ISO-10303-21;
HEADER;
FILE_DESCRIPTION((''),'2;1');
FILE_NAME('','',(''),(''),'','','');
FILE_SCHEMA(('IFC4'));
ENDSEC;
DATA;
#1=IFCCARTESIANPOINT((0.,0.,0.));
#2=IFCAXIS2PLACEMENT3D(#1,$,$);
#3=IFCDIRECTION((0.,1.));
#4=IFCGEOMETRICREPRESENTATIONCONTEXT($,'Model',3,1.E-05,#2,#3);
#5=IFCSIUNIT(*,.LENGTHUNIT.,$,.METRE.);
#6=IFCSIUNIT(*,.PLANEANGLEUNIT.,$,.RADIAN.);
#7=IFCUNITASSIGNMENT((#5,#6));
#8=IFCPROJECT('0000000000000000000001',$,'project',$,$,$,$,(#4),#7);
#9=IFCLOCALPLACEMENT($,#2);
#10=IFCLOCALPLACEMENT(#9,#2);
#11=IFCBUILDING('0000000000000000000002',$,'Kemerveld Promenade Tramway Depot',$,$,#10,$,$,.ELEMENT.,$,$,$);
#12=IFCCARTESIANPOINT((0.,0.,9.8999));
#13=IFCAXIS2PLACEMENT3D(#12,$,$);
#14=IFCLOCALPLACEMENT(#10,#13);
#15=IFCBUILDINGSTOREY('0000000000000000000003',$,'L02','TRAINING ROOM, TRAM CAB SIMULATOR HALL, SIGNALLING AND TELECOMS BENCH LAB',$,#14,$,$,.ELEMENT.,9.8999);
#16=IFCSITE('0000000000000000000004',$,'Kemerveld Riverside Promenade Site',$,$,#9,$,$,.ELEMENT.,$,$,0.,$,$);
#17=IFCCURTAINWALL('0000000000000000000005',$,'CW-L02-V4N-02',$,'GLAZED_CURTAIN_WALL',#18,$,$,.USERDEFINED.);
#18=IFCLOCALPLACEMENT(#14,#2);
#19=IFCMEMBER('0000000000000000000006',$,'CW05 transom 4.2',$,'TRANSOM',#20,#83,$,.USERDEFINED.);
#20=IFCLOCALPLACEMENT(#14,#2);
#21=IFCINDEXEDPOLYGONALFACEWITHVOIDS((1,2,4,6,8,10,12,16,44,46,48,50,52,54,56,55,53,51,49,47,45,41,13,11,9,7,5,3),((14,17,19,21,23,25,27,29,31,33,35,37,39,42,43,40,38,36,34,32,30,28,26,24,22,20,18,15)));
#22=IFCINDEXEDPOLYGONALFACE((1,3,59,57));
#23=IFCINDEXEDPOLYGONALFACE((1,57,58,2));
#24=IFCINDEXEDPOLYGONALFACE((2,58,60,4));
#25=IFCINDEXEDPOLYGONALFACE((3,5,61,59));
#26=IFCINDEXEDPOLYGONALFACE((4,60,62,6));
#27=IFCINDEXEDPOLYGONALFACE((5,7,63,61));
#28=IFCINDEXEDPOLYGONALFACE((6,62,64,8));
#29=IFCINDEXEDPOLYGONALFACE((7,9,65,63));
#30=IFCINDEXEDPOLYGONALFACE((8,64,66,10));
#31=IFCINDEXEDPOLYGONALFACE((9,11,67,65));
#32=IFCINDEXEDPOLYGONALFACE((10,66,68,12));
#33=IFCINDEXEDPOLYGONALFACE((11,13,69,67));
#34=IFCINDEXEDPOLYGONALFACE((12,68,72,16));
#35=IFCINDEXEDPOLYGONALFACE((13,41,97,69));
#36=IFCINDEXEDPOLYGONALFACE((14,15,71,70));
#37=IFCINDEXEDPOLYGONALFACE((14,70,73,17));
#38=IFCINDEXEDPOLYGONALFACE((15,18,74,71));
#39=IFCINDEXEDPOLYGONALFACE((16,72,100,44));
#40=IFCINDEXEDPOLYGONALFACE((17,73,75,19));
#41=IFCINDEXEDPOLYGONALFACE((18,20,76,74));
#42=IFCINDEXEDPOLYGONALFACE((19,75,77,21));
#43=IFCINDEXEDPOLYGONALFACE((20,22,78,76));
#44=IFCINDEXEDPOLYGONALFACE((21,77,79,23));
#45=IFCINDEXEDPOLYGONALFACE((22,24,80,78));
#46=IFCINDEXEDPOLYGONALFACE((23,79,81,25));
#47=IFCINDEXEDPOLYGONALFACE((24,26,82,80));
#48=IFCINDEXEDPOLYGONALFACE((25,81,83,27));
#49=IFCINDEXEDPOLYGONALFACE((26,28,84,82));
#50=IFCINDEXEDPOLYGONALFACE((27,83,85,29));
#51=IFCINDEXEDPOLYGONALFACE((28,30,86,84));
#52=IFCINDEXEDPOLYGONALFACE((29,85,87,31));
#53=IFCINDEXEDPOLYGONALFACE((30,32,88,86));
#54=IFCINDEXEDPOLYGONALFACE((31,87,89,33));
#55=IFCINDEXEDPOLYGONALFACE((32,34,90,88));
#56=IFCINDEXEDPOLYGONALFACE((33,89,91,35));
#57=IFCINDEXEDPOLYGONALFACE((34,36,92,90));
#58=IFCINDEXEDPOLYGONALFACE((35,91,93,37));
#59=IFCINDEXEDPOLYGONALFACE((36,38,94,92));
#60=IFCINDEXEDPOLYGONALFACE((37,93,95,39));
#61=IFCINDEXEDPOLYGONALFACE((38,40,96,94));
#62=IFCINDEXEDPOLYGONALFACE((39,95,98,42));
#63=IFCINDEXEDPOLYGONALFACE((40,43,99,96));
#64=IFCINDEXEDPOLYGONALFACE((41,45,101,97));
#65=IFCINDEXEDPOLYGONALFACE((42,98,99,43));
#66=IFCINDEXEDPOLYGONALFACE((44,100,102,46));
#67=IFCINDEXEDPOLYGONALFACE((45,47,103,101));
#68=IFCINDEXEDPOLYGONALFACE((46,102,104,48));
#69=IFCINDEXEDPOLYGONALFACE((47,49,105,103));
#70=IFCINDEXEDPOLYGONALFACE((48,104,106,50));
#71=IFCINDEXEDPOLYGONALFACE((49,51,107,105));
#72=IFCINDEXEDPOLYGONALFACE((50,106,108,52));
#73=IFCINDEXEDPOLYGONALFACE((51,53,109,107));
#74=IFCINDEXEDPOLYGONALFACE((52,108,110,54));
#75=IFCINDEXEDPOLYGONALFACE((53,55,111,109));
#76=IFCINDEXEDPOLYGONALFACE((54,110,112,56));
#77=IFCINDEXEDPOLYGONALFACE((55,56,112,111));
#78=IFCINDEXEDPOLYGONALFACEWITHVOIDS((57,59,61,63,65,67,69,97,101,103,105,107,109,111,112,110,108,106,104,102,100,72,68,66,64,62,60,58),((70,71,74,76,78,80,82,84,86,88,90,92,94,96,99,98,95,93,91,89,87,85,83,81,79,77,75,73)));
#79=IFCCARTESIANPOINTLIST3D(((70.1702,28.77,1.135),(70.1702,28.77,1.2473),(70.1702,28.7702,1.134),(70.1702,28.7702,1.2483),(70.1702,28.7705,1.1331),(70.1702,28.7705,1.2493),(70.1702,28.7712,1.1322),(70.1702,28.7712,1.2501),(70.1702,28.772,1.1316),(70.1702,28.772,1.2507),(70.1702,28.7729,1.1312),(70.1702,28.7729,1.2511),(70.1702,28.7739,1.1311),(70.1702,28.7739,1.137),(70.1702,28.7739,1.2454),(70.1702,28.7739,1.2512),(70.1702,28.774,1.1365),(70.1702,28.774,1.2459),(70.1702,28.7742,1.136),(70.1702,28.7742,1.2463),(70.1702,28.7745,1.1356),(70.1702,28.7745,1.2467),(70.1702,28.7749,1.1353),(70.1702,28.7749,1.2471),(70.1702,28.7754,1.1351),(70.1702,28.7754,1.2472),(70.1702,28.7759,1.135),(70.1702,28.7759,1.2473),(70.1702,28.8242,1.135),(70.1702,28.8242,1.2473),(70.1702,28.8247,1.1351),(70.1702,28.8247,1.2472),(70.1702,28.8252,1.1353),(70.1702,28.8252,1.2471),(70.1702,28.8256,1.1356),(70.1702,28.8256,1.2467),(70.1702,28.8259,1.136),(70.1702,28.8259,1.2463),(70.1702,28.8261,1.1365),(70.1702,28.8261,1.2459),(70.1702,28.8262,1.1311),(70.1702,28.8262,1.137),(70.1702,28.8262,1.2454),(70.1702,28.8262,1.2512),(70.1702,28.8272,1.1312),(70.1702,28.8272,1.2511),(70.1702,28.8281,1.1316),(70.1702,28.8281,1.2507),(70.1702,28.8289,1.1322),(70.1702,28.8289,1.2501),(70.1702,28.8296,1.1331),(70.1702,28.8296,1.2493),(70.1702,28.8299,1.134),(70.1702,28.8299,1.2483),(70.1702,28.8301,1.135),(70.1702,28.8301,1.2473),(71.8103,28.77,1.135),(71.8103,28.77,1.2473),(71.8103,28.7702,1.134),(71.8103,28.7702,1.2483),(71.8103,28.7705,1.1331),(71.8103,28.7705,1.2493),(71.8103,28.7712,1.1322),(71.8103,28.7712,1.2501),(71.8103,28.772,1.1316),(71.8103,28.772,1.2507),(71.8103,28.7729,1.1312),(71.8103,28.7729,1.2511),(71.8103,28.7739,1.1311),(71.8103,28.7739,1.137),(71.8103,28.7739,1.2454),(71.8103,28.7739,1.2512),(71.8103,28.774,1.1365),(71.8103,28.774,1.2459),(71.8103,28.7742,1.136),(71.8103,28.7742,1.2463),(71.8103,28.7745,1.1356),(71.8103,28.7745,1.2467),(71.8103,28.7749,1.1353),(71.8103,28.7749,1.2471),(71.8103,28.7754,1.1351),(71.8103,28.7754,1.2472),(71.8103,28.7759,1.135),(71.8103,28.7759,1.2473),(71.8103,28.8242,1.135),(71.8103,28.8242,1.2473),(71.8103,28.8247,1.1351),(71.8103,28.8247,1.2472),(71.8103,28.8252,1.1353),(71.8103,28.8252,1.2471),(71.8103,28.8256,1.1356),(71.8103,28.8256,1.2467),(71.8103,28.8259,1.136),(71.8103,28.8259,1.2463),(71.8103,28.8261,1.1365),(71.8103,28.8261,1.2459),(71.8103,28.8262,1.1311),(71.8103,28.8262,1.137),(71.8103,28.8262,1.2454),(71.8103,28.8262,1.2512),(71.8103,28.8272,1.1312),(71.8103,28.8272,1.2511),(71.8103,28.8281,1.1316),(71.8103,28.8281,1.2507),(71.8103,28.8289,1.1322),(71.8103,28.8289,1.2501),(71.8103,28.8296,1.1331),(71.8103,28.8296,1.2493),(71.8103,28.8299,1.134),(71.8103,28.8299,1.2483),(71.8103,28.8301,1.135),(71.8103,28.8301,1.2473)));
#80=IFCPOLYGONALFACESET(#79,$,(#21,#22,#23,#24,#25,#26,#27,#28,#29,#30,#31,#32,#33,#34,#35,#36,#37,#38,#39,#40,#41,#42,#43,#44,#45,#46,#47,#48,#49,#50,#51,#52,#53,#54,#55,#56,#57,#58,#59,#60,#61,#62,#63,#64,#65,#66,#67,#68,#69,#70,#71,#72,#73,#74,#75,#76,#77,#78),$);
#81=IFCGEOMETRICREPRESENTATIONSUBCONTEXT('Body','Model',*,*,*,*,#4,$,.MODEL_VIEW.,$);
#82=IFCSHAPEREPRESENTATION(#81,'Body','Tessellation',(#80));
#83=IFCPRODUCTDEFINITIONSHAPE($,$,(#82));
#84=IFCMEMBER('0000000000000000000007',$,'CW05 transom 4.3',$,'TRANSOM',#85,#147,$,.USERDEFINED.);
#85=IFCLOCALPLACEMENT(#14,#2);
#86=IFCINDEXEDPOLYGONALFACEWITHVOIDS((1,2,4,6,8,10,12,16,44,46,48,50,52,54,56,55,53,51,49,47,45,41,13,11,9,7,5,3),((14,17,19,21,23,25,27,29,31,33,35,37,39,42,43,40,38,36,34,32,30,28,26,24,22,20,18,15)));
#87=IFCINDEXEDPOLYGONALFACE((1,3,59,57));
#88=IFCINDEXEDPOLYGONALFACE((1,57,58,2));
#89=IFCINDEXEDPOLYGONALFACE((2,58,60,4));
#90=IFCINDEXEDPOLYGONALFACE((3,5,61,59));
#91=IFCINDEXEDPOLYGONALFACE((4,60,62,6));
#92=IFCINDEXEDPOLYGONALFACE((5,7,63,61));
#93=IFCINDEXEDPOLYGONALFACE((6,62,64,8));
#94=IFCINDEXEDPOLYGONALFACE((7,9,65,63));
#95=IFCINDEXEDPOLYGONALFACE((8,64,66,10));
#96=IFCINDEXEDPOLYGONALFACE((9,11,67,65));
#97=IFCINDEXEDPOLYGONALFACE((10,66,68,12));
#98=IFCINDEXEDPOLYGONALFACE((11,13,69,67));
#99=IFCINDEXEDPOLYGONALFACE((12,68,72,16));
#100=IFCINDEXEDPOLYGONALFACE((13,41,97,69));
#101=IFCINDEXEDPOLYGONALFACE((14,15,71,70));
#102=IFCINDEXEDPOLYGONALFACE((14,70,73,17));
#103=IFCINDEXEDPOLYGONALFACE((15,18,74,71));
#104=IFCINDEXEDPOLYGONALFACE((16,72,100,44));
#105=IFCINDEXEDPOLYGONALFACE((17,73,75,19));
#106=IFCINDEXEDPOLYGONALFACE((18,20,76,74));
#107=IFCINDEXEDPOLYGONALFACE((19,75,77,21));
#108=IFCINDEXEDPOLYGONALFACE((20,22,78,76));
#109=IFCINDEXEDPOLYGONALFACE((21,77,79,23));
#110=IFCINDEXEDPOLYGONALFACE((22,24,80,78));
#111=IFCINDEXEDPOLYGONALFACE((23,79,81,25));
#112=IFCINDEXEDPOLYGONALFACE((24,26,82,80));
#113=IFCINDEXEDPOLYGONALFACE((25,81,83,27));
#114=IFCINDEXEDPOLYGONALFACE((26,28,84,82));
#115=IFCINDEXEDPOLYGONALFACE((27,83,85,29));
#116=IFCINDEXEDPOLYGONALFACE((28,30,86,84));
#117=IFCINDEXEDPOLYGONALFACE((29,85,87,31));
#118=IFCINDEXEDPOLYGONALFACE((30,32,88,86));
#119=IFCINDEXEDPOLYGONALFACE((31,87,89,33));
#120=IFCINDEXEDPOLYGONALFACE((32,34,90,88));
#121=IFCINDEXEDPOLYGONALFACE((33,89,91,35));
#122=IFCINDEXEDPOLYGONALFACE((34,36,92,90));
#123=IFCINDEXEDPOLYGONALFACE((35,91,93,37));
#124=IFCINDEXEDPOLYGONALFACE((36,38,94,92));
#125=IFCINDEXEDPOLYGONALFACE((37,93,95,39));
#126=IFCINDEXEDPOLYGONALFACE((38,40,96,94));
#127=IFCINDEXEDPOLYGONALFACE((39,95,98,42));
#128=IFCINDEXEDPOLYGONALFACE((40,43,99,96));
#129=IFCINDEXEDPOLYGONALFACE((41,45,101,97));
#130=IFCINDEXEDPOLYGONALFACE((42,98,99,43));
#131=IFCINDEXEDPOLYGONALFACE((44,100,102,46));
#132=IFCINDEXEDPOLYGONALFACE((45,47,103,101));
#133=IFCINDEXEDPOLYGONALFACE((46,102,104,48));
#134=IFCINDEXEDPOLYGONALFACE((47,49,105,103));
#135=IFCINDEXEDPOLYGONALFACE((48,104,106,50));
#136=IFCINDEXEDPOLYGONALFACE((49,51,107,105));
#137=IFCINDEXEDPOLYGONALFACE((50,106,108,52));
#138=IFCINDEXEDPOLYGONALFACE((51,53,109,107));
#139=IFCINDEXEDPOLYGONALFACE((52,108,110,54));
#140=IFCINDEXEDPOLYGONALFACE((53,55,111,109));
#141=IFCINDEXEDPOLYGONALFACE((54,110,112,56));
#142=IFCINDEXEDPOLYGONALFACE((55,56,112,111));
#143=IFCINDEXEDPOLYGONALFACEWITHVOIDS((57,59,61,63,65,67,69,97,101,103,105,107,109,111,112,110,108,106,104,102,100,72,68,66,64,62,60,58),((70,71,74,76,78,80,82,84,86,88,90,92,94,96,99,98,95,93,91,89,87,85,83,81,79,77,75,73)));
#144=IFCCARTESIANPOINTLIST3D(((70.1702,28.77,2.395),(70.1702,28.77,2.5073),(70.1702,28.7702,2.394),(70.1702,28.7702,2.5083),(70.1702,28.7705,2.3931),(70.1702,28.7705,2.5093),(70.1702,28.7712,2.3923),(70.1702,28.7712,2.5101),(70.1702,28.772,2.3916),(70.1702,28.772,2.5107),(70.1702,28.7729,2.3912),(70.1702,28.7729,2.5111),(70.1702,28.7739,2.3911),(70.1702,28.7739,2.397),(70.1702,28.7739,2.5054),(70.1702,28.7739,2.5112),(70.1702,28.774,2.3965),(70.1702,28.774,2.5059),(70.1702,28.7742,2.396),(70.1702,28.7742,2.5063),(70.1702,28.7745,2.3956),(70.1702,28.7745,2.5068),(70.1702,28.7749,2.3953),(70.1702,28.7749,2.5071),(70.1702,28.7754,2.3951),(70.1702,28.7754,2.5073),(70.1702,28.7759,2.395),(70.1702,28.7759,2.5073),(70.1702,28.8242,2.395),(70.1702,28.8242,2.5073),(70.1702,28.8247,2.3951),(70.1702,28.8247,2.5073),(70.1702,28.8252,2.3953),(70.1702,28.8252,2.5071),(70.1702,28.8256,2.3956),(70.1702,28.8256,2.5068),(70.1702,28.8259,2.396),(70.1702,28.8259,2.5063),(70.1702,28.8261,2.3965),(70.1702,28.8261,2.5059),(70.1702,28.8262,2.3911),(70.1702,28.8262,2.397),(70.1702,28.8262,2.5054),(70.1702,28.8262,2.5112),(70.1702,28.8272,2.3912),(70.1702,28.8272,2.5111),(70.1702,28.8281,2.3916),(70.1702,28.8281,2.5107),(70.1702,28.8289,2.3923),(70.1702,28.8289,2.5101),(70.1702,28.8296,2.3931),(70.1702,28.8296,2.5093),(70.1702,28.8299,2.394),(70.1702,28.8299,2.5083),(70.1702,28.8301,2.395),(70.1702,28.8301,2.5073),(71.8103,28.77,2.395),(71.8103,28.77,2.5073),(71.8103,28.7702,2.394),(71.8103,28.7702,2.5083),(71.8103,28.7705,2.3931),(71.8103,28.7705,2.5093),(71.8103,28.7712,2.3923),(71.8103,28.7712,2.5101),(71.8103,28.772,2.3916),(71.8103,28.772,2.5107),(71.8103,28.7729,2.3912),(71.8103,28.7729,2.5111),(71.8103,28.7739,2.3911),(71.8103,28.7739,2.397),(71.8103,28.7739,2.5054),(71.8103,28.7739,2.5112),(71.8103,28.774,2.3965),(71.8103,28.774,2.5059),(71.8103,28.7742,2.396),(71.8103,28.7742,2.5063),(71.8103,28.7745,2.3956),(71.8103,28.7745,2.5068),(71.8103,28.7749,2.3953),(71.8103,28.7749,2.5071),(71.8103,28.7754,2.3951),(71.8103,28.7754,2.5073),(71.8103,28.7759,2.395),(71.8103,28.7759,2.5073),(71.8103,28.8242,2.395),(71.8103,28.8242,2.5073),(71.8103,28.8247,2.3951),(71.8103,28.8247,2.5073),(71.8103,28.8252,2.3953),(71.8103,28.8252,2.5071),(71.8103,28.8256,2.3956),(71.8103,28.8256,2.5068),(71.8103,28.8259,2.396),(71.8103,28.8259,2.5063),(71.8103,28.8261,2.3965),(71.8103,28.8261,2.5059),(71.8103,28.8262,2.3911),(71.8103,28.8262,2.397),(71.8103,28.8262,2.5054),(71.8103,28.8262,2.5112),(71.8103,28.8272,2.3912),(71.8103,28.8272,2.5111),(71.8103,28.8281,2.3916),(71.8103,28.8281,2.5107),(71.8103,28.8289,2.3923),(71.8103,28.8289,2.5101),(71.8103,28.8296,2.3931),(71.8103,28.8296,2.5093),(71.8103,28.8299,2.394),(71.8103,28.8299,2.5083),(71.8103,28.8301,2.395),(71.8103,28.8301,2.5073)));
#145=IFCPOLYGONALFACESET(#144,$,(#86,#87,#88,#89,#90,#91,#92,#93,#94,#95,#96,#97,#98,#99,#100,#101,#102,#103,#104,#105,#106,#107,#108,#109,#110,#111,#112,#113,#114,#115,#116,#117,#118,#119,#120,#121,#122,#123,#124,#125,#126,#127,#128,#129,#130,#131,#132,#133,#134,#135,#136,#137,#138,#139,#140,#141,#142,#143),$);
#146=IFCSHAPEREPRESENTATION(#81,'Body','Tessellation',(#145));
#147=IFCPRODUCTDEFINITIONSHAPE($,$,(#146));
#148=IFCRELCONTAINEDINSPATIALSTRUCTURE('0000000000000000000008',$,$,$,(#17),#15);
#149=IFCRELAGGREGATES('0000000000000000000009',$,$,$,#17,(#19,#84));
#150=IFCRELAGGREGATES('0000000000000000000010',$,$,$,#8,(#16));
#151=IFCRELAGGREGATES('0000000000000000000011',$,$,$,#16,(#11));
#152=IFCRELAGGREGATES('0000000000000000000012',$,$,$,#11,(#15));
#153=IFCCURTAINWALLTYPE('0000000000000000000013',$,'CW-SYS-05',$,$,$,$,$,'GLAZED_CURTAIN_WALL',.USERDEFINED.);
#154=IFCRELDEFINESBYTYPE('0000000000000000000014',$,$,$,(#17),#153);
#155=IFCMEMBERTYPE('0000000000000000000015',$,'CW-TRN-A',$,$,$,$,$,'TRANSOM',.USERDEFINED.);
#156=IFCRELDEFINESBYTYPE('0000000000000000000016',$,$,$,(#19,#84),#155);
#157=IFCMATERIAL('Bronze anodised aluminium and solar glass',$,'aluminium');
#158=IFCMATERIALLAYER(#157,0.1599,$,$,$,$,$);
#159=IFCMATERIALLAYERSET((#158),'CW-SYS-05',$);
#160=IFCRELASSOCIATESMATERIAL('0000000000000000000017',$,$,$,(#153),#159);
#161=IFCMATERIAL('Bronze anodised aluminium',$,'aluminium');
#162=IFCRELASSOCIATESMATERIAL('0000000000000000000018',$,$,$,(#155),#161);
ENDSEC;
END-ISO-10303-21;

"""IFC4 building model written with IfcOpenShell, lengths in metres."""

from ifc_helpers import new_model, si_unit, direction, frame, origin, origin_2d, place, context, subcontext, project, spatial, hollow_rectangle, extrude, material, layer, layer_set, material_profile, profile_set, type_object, element, aggregate, save


model = new_model("IFC4")

# Units and contexts
model_context = context("Model", 3, precision=1e-05, world=origin(), true_north=direction((0.0, 1.0)))
body_context = subcontext(model_context, "Body", "Model", "MODEL_VIEW")
ifc_project = project(units=[si_unit("LENGTHUNIT", "METRE"), si_unit("PLANEANGLEUNIT", "RADIAN")], contexts=[model_context])

# Site, building, storey
site_placement = place(None, origin())
site = spatial("IfcSite", under=ifc_project, at=site_placement, Name="Kemerveld Riverside Promenade Site", CompositionType="ELEMENT", RefElevation=0.0)
building_placement = place(site_placement, origin())
building = spatial("IfcBuilding", under=site, at=building_placement, Name="Kemerveld Promenade Tramway Depot", CompositionType="ELEMENT")
storey_placement = place(building_placement, frame((0.0, 0.0, 9.8999)))
storey = spatial("IfcBuildingStorey", under=building, at=storey_placement, Name="L02", Description="TRAINING ROOM, TRAM CAB SIMULATOR HALL, SIGNALLING AND TELECOMS BENCH LAB", CompositionType="ELEMENT", Elevation=9.8999)

# Curtain wall, members
ifc_material_1 = material(Name="Bronze anodised aluminium and solar glass", Category="aluminium")
ifc_layer_1 = layer(ifc_material_1, 0.1599)
ifc_layer_set_1 = layer_set([ifc_layer_1], Name="CW-SYS-05")
curtain_wall_type = type_object("IfcCurtainWallType", Name="CW-SYS-05", ElementType="GLAZED_CURTAIN_WALL", PredefinedType="USERDEFINED", material=ifc_layer_set_1)
curtain_wall_placement = place(storey_placement, origin())
curtain_wall = element("IfcCurtainWall", 1, at=curtain_wall_placement, inside=storey, type_object=curtain_wall_type, Name="CW-L02-V4N-02", ObjectType="GLAZED_CURTAIN_WALL", PredefinedType="USERDEFINED")
ifc_material_2 = material(Name="Bronze anodised aluminium", Category="aluminium")
ifc_material_profile_1 = material_profile(ifc_material_2, hollow_rectangle(XDim=0.0601, YDim=0.1201, WallThickness=0.0039, InnerFilletRadius=0.002, OuterFilletRadius=0.0039, at=origin_2d()), Name="CW-TRN-120x60")
ifc_profile_set_1 = profile_set([ifc_material_profile_1], Name="Bronze anodised aluminium")
member_type_1 = type_object("IfcMemberType", Name="CW-TRN-A", ElementType="TRANSOM", PredefinedType="USERDEFINED", material=ifc_profile_set_1)
member_1_placement = place(storey_placement, frame((70.1702, 28.8, 1.1912), z_axis=(1.0, 0.0, 0.0), x_axis=(0.0, 1.0, 0.0)))
member_1 = element("IfcMember", 2, at=member_1_placement, type_object=member_type_1, Name="CW05 transom 4.2", ObjectType="TRANSOM", PredefinedType="USERDEFINED", context=body_context, shape_type="SweptSolid", body=[
    extrude(hollow_rectangle(XDim=0.0601, YDim=0.1201, WallThickness=0.0039, InnerFilletRadius=0.002, OuterFilletRadius=0.0039, at=origin_2d()), origin(), (0.0, 0.0, 1.0), 1.6401),
])
member_2_placement = place(storey_placement, frame((70.1702, 28.8, 2.4512), z_axis=(1.0, 0.0, 0.0), x_axis=(0.0, 1.0, 0.0)))
member_2 = element("IfcMember", 3, at=member_2_placement, type_object=member_type_1, Name="CW05 transom 4.3", ObjectType="TRANSOM", PredefinedType="USERDEFINED", context=body_context, shape_type="SweptSolid", body=[
    extrude(hollow_rectangle(XDim=0.0601, YDim=0.1201, WallThickness=0.0039, InnerFilletRadius=0.002, OuterFilletRadius=0.0039, at=origin_2d()), origin(), (0.0, 0.0, 1.0), 1.6401),
])
aggregate(curtain_wall, [member_1, member_2])

save(model, "model.ifc")
